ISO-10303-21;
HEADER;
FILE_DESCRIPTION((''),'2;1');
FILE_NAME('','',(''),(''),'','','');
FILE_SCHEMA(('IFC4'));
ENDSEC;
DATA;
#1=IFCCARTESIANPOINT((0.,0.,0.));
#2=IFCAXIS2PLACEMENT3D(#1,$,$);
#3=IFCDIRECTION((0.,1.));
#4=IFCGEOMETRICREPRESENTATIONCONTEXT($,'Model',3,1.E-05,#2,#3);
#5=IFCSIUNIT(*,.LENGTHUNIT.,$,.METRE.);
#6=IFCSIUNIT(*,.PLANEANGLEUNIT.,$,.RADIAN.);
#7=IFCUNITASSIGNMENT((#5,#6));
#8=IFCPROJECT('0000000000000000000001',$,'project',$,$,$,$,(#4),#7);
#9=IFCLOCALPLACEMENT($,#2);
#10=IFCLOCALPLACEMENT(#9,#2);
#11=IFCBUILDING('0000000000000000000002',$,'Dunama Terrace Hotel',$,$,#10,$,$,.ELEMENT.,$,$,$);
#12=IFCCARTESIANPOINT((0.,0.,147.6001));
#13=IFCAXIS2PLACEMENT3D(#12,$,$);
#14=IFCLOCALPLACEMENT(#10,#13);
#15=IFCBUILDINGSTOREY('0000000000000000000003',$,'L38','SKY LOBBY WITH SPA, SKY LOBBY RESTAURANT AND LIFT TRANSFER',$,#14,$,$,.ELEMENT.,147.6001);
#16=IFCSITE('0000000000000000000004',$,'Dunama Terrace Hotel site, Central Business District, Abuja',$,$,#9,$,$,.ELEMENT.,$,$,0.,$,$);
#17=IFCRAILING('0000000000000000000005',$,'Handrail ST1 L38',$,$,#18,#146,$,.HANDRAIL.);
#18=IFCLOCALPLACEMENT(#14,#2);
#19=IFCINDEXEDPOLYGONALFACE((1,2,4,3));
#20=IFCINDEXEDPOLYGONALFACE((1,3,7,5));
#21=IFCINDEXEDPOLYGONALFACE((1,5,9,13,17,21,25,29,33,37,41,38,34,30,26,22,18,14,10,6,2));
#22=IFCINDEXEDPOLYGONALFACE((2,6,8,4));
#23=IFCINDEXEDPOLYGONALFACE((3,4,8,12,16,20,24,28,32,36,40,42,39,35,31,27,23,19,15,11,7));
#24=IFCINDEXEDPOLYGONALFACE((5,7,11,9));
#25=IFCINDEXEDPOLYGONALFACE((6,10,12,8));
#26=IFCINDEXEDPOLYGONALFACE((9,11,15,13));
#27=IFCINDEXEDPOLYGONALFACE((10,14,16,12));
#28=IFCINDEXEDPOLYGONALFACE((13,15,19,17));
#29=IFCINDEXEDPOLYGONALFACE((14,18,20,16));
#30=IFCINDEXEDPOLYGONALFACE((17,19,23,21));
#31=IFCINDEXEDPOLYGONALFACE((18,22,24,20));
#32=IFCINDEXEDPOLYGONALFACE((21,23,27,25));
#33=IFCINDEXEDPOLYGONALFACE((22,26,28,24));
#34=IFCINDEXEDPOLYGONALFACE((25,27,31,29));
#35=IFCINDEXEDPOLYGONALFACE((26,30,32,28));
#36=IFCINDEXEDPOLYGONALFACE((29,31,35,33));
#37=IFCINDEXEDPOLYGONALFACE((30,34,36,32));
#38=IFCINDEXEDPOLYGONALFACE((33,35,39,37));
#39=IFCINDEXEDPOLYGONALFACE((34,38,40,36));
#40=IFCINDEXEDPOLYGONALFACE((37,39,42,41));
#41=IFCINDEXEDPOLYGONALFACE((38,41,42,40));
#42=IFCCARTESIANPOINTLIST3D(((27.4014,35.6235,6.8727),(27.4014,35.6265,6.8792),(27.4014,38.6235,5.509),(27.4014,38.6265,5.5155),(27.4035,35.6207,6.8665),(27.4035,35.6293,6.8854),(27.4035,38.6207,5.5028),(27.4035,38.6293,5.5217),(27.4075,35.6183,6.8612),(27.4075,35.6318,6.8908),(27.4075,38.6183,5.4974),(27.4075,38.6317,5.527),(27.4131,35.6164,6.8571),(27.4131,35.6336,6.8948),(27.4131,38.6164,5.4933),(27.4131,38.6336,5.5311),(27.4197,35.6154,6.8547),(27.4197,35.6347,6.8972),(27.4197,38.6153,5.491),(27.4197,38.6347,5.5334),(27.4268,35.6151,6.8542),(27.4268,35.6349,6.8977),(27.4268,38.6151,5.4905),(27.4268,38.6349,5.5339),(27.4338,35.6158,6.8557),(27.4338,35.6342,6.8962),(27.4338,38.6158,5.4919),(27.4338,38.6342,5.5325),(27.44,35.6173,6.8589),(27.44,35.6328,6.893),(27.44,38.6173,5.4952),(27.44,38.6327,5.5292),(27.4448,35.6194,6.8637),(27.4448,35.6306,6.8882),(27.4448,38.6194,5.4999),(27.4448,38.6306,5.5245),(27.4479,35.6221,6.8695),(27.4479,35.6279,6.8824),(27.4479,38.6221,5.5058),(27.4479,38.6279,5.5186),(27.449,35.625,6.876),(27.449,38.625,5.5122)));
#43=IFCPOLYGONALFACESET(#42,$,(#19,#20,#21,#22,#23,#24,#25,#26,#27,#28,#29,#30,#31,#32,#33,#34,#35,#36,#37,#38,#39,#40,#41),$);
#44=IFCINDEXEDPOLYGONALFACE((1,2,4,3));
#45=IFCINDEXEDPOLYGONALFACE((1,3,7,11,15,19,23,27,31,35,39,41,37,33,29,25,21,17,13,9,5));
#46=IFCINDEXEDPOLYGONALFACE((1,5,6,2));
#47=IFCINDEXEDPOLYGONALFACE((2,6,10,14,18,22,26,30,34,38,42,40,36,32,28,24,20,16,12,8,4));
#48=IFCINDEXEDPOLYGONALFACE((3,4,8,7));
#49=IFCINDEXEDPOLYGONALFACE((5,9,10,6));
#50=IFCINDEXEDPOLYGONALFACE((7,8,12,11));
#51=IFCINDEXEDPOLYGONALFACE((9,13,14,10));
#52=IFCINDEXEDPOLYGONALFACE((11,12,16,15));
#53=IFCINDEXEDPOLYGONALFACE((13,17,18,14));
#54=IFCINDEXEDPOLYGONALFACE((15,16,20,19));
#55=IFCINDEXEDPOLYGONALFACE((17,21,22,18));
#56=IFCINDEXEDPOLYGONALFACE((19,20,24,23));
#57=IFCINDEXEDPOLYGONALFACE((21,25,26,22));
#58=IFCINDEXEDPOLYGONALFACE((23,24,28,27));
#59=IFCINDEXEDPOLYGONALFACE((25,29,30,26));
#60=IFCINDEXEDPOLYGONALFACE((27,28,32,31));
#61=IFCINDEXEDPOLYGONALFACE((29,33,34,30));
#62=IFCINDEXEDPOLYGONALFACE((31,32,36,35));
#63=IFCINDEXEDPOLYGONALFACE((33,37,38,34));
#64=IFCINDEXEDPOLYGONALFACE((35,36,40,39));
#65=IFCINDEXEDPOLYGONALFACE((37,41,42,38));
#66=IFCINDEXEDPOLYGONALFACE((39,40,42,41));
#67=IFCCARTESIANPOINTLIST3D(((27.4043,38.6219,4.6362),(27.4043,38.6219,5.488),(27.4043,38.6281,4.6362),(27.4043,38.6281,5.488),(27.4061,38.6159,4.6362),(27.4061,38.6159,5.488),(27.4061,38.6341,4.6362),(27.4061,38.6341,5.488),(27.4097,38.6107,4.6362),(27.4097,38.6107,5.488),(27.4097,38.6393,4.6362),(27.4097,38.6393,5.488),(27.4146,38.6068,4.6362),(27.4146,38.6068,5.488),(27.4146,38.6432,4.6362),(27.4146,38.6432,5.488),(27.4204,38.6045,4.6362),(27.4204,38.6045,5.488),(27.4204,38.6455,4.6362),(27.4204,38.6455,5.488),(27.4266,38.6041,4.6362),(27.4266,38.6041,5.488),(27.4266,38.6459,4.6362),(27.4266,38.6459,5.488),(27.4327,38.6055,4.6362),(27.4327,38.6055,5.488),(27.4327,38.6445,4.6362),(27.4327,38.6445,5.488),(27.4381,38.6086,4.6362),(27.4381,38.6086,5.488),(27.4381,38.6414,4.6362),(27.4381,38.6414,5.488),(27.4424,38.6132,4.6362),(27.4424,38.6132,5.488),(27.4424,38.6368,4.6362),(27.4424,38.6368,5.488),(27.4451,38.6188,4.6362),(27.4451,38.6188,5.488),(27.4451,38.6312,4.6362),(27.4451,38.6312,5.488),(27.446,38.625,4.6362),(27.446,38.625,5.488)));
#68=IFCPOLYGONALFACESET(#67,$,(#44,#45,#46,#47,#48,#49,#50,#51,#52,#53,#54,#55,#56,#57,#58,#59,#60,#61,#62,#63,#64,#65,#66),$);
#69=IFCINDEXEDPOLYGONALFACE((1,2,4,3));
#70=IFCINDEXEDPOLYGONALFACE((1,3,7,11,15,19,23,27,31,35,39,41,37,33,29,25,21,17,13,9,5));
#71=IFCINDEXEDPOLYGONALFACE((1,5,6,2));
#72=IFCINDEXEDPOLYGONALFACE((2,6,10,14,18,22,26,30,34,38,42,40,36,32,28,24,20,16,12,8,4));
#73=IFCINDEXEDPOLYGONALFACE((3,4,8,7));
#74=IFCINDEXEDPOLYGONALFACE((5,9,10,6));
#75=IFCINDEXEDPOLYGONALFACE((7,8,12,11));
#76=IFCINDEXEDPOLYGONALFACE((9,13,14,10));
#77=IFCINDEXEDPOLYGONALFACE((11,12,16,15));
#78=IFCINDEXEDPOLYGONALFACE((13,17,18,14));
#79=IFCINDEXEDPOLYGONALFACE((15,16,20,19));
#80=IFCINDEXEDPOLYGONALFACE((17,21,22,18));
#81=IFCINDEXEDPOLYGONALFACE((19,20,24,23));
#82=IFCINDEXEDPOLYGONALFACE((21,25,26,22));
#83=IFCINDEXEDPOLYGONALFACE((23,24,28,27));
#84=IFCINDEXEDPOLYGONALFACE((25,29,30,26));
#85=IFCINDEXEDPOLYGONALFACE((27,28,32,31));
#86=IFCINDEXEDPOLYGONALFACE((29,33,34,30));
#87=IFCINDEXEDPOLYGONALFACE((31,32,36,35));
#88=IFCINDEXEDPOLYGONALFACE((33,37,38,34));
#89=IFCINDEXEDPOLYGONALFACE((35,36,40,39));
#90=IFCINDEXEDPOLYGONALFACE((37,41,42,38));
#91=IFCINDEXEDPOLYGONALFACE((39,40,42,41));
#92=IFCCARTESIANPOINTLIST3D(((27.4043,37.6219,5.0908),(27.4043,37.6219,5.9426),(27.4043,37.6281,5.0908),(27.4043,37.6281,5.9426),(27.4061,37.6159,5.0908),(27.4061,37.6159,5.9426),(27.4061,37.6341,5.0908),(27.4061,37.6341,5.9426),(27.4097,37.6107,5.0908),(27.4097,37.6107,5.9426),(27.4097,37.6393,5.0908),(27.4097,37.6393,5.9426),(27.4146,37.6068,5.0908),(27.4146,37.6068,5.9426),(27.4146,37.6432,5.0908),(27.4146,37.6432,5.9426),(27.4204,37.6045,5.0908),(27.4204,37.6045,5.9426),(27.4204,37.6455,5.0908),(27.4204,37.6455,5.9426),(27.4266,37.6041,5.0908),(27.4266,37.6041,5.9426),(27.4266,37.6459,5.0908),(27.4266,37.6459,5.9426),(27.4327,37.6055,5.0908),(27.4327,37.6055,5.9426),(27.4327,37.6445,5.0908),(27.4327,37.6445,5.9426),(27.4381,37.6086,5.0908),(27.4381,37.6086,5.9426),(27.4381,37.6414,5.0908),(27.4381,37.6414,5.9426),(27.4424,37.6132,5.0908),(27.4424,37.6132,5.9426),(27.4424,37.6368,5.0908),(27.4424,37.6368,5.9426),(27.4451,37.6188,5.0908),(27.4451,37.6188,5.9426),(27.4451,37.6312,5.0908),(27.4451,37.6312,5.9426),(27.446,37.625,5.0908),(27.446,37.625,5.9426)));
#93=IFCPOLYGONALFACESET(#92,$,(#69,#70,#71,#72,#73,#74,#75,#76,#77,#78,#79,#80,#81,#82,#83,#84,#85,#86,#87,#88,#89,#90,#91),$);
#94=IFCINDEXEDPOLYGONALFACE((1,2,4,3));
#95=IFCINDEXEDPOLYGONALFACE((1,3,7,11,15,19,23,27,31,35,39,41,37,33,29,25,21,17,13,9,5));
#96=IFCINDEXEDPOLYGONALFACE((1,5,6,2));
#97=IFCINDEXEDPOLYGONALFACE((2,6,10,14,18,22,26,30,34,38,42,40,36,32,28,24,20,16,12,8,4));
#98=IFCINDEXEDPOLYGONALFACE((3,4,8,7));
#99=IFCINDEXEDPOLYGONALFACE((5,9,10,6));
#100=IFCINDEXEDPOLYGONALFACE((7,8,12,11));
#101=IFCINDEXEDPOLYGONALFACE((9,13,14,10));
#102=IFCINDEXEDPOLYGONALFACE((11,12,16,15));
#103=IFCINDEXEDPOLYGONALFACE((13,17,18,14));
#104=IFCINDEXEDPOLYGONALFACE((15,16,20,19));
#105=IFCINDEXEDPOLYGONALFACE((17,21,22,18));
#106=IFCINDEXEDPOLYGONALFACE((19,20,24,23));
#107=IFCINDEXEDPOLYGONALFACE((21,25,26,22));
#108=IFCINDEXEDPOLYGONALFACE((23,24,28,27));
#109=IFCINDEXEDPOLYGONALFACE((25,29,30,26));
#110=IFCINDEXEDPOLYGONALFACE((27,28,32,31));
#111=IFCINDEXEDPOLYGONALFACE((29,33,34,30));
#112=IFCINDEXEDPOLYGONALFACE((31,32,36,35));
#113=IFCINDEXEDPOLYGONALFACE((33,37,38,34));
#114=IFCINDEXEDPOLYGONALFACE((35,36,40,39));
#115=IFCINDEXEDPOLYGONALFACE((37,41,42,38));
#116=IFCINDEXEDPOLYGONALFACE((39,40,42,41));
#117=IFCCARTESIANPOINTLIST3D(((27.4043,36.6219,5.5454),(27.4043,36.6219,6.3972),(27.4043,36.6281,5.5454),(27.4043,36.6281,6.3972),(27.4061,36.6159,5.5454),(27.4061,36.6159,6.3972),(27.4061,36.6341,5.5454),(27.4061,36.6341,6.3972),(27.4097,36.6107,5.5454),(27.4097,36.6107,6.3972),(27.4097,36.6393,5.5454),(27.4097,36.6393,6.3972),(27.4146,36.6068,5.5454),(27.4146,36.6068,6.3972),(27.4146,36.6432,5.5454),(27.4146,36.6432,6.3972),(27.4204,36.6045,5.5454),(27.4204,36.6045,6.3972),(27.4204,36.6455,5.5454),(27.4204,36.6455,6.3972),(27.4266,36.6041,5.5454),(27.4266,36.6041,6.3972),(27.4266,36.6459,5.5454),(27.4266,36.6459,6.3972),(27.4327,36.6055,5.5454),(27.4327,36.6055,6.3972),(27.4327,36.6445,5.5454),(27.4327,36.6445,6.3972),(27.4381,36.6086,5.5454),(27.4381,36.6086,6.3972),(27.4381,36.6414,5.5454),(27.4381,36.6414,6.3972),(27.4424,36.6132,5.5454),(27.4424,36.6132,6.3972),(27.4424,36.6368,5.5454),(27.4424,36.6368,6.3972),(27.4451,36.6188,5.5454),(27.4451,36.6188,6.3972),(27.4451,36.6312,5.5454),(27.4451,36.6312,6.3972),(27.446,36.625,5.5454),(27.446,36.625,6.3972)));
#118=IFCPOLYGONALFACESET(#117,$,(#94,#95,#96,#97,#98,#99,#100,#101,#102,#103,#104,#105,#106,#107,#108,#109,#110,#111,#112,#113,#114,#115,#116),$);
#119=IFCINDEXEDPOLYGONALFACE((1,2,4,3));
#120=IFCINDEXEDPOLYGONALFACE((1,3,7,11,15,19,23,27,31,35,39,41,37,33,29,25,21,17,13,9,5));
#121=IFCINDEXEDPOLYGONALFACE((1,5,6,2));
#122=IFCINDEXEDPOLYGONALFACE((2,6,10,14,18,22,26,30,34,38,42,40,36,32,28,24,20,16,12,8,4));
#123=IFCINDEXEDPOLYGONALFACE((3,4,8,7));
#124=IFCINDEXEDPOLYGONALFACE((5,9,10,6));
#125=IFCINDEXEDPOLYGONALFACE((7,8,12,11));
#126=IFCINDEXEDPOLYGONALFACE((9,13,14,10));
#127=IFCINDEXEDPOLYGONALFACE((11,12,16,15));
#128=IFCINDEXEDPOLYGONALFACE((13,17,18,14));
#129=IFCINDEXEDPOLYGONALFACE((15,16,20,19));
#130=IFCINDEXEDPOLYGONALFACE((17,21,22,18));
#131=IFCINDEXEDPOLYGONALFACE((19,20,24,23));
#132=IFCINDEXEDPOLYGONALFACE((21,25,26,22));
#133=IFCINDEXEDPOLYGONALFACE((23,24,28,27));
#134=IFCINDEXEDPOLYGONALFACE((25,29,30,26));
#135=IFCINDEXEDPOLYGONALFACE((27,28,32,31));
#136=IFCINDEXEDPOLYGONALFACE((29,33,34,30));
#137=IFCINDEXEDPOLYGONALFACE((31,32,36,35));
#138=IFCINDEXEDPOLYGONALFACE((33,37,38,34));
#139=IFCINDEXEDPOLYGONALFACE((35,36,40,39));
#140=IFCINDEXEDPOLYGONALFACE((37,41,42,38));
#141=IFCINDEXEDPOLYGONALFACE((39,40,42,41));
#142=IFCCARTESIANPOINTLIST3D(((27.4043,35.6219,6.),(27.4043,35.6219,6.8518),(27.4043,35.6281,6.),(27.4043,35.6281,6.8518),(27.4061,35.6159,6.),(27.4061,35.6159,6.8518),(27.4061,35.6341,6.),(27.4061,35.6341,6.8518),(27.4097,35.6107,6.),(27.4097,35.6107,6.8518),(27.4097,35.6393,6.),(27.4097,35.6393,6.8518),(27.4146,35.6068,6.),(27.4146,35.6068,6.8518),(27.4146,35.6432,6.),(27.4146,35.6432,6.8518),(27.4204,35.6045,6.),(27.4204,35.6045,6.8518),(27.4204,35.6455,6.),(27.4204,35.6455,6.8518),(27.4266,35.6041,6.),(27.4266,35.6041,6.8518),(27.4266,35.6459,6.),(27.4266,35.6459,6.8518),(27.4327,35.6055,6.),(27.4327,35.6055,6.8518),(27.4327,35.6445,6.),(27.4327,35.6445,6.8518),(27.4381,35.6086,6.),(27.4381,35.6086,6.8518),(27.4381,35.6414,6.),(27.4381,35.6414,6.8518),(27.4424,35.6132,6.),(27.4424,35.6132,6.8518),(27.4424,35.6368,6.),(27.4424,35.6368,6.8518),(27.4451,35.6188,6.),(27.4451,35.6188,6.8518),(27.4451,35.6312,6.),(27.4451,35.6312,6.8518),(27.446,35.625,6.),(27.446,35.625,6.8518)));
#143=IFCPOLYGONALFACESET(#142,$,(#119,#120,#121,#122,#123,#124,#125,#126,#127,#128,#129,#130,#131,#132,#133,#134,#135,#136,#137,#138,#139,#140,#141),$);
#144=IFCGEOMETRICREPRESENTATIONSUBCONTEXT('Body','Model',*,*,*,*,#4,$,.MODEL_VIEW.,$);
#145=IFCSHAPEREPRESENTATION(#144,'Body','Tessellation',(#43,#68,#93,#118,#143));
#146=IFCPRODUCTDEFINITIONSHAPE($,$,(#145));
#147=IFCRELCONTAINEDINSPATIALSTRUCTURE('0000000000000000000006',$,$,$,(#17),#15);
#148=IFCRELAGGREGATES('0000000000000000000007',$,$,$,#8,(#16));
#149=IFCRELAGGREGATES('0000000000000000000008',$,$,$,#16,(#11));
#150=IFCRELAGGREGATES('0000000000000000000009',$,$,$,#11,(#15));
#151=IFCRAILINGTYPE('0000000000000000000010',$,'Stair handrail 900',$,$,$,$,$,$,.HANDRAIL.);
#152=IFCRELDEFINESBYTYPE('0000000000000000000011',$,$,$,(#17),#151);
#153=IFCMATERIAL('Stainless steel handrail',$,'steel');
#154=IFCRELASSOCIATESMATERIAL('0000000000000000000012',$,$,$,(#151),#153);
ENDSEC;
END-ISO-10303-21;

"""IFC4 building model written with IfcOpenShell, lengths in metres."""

from ifc_helpers import new_model, si_unit, direction, frame, origin, origin_2d, place, context, subcontext, project, spatial, circle, extrude, material, type_object, element, save


model = new_model("IFC4")

# Units and contexts
model_context = context("Model", 3, precision=1e-05, world=origin(), true_north=direction((0.0, 1.0)))
body_context = subcontext(model_context, "Body", "Model", "MODEL_VIEW")
ifc_project = project(units=[si_unit("LENGTHUNIT", "METRE"), si_unit("PLANEANGLEUNIT", "RADIAN")], contexts=[model_context])

# Site, building, storey
site_placement = place(None, origin())
site = spatial("IfcSite", under=ifc_project, at=site_placement, Name="Dunama Terrace Hotel site, Central Business District, Abuja", CompositionType="ELEMENT", RefElevation=0.0)
building_placement = place(site_placement, origin())
building = spatial("IfcBuilding", under=site, at=building_placement, Name="Dunama Terrace Hotel", CompositionType="ELEMENT")
storey_placement = place(building_placement, frame((0.0, 0.0, 147.6001)))
storey = spatial("IfcBuildingStorey", under=building, at=storey_placement, Name="L38", Description="SKY LOBBY WITH SPA, SKY LOBBY RESTAURANT AND LIFT TRANSFER", CompositionType="ELEMENT", Elevation=147.6001)

# Railing
ifc_material_1 = material(Name="Stainless steel handrail", Category="steel")
railing_type = type_object("IfcRailingType", Name="Stair handrail 900", PredefinedType="HANDRAIL", material=ifc_material_1)
railing_1_placement = place(storey_placement, frame((27.425, 38.625, 4.6362)))
element("IfcRailing", 1, at=railing_1_placement, inside=storey, type_object=railing_type, Name="Handrail ST1 L38", PredefinedType="HANDRAIL", context=body_context, shape_type="SweptSolid", body=[
    extrude(circle(Radius=0.0239, at=origin_2d()), frame((0.0, 0.0, 0.876), z_axis=(0.0, -0.910351, 0.413836), x_axis=(1.0, 0.0, 0.0)), (0.0, 0.0, 1.0), 3.2954),
    extrude(circle(Radius=0.021, at=origin_2d()), origin(), (0.0, 0.0, 1.0), 0.8518),
    extrude(circle(Radius=0.021, at=origin_2d()), frame((0.0, -1.0, 0.4546)), (0.0, 0.0, 1.0), 0.8518),
    extrude(circle(Radius=0.021, at=origin_2d()), frame((0.0, -2.0, 0.9092)), (0.0, 0.0, 1.0), 0.8518),
    extrude(circle(Radius=0.021, at=origin_2d()), frame((0.0, -3.0, 1.3638)), (0.0, 0.0, 1.0), 0.8518),
])

save(model, "model.ifc")
